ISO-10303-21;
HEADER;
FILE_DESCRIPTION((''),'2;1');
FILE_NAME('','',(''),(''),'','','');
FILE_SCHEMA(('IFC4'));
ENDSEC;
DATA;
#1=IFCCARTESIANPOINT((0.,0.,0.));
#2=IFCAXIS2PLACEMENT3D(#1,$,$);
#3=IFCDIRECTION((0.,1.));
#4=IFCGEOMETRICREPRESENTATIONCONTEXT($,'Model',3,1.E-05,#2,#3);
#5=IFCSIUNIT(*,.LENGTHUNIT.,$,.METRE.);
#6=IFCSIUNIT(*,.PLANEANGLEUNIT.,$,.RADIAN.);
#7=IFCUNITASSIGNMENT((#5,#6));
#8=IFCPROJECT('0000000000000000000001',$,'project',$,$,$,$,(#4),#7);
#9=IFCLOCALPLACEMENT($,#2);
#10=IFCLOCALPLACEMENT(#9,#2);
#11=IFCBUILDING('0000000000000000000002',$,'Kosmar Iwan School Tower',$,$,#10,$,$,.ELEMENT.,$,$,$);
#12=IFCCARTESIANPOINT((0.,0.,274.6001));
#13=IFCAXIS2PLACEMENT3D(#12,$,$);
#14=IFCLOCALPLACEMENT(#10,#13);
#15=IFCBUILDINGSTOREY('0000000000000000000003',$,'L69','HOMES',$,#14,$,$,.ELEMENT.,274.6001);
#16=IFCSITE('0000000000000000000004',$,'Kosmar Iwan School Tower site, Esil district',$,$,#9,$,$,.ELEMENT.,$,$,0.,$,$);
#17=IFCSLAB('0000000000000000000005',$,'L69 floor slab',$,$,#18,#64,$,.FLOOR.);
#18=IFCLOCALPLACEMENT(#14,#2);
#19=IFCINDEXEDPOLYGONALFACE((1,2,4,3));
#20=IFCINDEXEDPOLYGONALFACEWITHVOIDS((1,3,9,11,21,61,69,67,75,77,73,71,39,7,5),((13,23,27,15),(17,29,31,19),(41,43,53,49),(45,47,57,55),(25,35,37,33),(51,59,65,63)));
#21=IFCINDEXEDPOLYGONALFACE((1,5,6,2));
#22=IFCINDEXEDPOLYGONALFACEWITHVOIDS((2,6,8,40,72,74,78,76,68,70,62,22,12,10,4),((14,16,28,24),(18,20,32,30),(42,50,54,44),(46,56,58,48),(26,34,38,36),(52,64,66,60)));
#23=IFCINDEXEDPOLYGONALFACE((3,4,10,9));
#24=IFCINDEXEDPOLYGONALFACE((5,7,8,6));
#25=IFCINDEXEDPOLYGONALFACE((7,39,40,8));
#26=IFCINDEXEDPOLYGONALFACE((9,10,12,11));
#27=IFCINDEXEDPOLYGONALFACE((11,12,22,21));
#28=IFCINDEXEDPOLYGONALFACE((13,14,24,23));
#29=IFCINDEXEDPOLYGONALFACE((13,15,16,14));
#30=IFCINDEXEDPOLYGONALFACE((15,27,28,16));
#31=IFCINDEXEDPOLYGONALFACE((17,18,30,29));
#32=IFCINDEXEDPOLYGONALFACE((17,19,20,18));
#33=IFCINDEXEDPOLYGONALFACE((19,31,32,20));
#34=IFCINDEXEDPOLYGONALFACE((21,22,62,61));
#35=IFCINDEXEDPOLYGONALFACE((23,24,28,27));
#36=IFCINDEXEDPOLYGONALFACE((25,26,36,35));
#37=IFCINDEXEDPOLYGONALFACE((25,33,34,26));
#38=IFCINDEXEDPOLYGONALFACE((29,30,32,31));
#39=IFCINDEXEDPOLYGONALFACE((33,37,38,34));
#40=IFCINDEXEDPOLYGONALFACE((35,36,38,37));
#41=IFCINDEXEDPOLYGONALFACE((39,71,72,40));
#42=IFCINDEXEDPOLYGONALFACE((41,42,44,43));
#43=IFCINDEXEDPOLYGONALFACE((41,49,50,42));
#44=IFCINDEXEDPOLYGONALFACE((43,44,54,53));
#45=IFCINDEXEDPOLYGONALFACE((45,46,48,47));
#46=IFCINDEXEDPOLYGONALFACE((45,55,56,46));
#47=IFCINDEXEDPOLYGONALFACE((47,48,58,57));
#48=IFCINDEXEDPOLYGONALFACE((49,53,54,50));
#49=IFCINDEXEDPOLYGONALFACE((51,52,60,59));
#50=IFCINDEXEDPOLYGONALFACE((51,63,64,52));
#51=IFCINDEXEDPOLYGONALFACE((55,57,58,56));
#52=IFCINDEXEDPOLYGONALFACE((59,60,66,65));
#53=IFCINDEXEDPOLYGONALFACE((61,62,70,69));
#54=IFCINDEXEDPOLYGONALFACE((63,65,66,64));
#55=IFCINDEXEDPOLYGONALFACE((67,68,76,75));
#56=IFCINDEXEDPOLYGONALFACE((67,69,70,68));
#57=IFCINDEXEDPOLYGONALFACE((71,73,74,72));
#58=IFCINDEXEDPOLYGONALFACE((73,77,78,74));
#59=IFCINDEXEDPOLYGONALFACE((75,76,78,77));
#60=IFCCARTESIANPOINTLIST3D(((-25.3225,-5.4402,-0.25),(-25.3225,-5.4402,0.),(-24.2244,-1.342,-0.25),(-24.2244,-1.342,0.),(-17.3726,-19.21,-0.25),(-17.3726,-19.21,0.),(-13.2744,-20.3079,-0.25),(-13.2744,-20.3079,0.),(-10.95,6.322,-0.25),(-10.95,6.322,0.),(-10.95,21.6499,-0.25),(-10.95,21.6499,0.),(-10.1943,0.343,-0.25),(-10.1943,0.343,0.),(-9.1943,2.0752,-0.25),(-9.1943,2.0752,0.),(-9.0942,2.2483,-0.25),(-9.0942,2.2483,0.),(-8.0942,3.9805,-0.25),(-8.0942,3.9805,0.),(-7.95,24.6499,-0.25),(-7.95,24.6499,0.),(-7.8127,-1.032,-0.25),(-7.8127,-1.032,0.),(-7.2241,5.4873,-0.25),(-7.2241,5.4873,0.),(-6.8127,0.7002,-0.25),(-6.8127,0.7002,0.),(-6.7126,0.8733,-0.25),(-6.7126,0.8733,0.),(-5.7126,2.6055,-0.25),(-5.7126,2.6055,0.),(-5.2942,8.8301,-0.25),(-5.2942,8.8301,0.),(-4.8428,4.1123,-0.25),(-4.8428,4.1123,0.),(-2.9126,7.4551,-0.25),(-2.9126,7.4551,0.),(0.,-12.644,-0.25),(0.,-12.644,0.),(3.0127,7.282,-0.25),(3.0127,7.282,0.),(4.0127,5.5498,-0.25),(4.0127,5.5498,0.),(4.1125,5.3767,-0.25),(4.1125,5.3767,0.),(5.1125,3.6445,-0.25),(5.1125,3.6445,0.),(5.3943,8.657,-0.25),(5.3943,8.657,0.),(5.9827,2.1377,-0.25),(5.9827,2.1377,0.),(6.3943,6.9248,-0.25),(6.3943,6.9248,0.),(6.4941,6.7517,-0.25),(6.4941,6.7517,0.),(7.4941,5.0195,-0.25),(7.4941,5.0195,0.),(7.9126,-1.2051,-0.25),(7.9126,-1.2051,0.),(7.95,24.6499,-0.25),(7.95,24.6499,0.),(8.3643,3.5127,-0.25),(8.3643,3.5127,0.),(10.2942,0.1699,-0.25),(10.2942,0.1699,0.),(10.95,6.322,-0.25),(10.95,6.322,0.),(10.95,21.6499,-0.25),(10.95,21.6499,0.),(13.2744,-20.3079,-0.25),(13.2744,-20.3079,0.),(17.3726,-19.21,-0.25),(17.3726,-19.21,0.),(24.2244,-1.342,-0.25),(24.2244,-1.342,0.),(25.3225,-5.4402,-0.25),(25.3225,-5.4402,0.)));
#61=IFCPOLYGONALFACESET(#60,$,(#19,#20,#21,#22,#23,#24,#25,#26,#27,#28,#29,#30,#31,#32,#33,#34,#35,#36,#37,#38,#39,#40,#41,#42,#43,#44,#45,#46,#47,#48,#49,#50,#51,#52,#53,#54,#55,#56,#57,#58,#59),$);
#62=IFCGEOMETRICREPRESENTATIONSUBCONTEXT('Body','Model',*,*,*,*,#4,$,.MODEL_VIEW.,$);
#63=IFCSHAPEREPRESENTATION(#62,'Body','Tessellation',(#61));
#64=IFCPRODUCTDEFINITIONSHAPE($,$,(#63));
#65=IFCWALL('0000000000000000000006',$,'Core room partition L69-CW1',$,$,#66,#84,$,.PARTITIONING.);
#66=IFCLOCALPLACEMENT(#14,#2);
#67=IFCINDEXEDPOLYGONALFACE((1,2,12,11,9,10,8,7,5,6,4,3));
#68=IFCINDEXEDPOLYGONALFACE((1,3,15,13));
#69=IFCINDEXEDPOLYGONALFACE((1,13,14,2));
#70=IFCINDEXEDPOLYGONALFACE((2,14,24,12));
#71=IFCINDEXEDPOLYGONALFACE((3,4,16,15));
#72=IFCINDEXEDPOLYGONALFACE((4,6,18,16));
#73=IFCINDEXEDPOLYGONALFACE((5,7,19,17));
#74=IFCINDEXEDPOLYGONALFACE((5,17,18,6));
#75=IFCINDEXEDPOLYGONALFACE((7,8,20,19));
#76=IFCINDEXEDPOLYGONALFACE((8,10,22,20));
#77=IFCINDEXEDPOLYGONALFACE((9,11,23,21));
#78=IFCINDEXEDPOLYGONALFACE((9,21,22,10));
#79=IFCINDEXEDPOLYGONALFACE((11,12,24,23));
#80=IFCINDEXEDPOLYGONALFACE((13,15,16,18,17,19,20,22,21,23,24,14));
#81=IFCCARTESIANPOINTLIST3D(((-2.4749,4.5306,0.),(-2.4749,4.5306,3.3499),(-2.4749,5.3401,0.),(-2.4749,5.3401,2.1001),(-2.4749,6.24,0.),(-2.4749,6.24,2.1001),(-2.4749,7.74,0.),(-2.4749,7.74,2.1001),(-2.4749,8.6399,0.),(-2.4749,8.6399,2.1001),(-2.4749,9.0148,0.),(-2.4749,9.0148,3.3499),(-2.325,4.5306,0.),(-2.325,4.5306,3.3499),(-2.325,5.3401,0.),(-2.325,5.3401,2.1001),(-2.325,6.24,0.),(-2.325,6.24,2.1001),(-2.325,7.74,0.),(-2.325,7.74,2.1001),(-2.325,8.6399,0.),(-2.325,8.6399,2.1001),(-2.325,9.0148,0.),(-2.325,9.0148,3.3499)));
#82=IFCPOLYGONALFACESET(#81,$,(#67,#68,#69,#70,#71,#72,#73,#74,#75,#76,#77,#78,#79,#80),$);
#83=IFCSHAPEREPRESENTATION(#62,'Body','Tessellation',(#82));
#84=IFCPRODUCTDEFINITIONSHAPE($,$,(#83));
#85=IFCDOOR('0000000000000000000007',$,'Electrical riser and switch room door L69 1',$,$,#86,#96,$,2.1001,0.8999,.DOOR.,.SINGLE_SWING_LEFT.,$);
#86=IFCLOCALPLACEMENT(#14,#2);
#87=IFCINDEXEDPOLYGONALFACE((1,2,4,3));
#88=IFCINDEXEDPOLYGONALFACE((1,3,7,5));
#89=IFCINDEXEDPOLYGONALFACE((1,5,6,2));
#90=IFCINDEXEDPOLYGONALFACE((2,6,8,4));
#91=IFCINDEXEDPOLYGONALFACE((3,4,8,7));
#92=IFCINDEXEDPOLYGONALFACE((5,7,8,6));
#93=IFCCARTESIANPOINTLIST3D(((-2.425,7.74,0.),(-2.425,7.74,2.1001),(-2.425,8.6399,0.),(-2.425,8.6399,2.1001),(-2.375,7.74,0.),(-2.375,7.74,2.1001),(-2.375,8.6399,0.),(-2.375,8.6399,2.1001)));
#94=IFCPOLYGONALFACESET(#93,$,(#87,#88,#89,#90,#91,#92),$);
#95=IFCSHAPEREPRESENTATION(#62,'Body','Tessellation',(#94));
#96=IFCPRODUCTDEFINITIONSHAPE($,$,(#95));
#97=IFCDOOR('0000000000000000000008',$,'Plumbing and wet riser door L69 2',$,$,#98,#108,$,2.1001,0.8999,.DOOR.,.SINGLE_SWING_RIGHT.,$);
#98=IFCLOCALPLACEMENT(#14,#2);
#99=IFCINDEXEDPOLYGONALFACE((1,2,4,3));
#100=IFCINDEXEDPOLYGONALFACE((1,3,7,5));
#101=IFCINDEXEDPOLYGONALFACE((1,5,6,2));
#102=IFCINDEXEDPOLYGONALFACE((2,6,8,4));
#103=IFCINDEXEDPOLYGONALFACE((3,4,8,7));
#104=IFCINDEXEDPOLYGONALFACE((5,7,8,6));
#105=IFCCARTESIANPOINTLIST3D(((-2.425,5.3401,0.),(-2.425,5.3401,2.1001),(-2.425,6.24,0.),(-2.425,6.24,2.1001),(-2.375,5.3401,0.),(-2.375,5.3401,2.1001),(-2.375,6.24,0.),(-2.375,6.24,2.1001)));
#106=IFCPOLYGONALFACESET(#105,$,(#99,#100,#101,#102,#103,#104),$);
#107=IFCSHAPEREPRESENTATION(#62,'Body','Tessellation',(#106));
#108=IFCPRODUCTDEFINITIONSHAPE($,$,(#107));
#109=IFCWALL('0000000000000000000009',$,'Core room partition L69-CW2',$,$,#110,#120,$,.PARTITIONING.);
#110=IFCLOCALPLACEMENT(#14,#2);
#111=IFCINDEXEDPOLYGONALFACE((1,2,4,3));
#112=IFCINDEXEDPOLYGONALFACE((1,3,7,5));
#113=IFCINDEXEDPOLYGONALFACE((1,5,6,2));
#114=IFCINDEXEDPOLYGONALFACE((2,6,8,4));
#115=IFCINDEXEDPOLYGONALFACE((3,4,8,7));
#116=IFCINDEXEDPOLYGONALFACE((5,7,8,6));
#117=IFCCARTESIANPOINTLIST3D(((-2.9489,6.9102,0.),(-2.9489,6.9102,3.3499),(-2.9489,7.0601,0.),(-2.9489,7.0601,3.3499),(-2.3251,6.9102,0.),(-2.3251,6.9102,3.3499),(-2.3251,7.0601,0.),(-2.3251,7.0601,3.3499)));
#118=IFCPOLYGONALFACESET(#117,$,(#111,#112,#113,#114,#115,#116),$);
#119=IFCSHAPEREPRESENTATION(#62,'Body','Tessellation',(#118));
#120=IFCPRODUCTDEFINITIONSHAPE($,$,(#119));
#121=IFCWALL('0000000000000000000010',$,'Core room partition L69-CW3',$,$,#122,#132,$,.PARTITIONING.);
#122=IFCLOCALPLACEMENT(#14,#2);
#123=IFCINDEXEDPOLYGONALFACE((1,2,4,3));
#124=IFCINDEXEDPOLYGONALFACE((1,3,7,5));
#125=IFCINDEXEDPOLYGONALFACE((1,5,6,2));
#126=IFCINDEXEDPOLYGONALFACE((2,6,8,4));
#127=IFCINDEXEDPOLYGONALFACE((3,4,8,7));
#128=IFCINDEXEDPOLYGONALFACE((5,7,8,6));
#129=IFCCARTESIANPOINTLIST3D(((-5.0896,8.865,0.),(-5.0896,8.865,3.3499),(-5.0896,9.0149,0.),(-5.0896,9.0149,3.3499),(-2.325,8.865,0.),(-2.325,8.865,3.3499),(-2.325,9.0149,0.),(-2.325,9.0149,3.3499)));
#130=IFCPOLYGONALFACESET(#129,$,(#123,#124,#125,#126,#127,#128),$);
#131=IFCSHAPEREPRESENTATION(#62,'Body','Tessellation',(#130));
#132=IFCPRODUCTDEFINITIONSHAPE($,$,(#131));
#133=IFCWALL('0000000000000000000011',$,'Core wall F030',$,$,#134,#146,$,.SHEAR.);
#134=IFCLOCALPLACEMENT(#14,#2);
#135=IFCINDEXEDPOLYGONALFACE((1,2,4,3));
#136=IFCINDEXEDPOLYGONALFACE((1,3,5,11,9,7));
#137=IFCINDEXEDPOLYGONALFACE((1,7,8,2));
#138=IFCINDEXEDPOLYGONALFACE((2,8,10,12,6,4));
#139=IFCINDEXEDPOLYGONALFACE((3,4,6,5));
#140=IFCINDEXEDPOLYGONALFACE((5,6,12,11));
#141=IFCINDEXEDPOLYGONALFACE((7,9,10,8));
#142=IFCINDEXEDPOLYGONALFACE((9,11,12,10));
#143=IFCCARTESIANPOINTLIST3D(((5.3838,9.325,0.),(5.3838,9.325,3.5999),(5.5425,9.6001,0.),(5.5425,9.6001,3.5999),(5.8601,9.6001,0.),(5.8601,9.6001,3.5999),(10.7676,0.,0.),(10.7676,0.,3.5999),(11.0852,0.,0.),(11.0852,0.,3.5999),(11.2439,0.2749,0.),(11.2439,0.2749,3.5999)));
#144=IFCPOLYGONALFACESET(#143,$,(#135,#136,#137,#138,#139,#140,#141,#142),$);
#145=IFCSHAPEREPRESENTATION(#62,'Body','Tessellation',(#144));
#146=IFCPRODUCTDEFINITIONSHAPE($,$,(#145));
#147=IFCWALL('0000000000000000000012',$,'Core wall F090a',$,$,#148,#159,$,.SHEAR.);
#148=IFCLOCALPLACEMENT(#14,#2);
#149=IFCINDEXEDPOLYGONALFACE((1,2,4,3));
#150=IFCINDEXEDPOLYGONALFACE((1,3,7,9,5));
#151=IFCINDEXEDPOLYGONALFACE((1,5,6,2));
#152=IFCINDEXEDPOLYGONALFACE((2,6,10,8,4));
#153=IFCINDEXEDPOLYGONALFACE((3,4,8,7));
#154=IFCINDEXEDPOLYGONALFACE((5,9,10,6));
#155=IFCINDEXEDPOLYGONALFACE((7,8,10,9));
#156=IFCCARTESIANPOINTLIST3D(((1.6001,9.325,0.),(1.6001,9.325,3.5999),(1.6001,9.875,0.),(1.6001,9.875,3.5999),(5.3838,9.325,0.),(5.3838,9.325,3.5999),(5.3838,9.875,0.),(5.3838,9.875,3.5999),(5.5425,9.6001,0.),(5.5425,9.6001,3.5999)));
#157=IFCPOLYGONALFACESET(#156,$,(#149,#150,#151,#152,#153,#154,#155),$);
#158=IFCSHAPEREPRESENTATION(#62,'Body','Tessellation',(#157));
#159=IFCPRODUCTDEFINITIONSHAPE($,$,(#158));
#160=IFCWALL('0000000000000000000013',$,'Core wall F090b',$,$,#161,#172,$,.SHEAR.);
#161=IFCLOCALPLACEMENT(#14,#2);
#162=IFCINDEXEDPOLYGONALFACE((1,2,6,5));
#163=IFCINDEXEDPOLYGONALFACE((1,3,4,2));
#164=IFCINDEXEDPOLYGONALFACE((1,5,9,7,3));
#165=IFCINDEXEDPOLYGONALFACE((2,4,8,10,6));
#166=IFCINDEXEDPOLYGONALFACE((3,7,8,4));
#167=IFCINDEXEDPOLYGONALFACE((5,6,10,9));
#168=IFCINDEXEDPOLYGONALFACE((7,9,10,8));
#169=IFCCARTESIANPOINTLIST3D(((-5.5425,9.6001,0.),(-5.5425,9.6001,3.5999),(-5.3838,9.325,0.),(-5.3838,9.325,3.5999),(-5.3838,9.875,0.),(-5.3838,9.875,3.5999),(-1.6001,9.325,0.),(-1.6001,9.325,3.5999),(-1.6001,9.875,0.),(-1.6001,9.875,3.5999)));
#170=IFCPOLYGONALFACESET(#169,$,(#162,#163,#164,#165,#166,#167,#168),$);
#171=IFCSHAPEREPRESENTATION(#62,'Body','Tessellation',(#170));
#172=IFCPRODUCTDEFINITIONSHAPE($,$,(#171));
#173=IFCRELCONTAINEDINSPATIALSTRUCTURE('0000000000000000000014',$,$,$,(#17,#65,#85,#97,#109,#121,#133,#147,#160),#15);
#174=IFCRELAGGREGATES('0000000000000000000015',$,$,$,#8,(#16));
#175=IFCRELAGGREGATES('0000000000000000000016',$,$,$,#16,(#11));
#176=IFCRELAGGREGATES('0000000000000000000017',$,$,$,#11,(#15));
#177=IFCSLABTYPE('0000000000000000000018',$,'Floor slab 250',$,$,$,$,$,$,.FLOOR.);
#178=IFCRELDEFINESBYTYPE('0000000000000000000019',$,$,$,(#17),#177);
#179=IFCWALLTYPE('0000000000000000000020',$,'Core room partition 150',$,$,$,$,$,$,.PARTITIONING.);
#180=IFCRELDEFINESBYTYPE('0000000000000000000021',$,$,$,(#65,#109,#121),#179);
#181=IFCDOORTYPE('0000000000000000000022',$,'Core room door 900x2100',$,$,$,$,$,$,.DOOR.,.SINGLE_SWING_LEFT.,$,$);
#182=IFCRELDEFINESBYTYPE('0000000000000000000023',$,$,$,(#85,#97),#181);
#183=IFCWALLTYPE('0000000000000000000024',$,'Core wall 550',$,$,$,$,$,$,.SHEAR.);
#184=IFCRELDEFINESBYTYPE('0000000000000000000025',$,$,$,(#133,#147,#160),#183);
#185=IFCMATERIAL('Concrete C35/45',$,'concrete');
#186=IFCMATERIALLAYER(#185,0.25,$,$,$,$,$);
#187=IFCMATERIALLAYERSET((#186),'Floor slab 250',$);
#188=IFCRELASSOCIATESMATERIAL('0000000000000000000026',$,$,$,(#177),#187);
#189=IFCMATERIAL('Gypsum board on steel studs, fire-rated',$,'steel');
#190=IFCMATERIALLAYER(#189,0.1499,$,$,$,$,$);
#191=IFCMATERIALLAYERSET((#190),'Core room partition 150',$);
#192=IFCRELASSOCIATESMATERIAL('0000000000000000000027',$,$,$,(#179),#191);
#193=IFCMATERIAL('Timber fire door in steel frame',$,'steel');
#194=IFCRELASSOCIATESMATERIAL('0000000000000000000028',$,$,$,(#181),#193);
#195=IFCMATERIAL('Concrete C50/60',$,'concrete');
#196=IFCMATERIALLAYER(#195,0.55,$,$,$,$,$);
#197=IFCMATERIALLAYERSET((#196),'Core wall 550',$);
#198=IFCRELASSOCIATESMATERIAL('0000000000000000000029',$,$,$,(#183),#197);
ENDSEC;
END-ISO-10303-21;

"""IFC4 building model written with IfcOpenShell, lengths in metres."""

from ifc_helpers import new_model, si_unit, direction, frame, frame_2d, origin, place, context, subcontext, project, spatial, polyline, rectangle, outline, extrude, material, layer, layer_set, type_object, element, fill, save


model = new_model("IFC4")

# Units and contexts
model_context = context("Model", 3, precision=1e-05, world=origin(), true_north=direction((0.0, 1.0)))
body_context = subcontext(model_context, "Body", "Model", "MODEL_VIEW")
ifc_project = project(units=[si_unit("LENGTHUNIT", "METRE"), si_unit("PLANEANGLEUNIT", "RADIAN")], contexts=[model_context])

# Site, building, storey
site_placement = place(None, origin())
site = spatial("IfcSite", under=ifc_project, at=site_placement, Name="Kosmar Iwan School Tower site, Esil district", CompositionType="ELEMENT", RefElevation=0.0)
building_placement = place(site_placement, origin())
building = spatial("IfcBuilding", under=site, at=building_placement, Name="Kosmar Iwan School Tower", CompositionType="ELEMENT")
storey_placement = place(building_placement, frame((0.0, 0.0, 274.6001)))
storey = spatial("IfcBuildingStorey", under=building, at=storey_placement, Name="L69", Description="HOMES", CompositionType="ELEMENT", Elevation=274.6001)

# Slab
ifc_material_1 = material(Name="Concrete C35/45", Category="concrete")
ifc_layer_1 = layer(ifc_material_1, 0.25)
ifc_layer_set_1 = layer_set([ifc_layer_1], Name="Floor slab 250")
slab_type = type_object("IfcSlabType", Name="Floor slab 250", PredefinedType="FLOOR", material=ifc_layer_set_1)
slab_placement = place(storey_placement, frame((0.0, 0.0, -0.25)))
element("IfcSlab", 1, at=slab_placement, inside=storey, type_object=slab_type, Name="L69 floor slab", PredefinedType="FLOOR", context=body_context, shape_type="SweptSolid", body=[
    extrude(outline(polyline([(-13.2744, -20.3079), (0.0, -12.644), (13.2744, -20.3079), (17.3726, -19.21), (25.3225, -5.4402), (24.2244, -1.342), (10.95, 6.322), (10.95, 21.6499), (7.95, 24.6499), (-7.95, 24.6499), (-10.95, 21.6499), (-10.95, 6.322), (-24.2244, -1.342), (-25.3225, -5.4402), (-17.3726, -19.21), (-13.2744, -20.3079)]), holes=[polyline([(7.9126, -1.2051), (10.2942, 0.1699), (8.3643, 3.5127), (5.9827, 2.1377), (7.9126, -1.2051)]), polyline([(-2.9126, 7.4551), (-5.2942, 8.8301), (-7.2241, 5.4873), (-4.8428, 4.1123), (-2.9126, 7.4551)]), polyline([(-5.7126, 2.6055), (-8.0942, 3.9805), (-9.0942, 2.2483), (-6.7126, 0.8733), (-5.7126, 2.6055)]), polyline([(-6.8127, 0.7002), (-9.1943, 2.0752), (-10.1943, 0.343), (-7.8127, -1.032), (-6.8127, 0.7002)]), polyline([(5.1125, 3.6445), (7.4941, 5.0195), (6.4941, 6.7517), (4.1125, 5.3767), (5.1125, 3.6445)]), polyline([(4.0127, 5.5498), (6.3943, 6.9248), (5.3943, 8.657), (3.0127, 7.282), (4.0127, 5.5498)])]), origin(), (0.0, 0.0, 1.0), 0.25),
])

# Wall, openings, doors
ifc_material_2 = material(Name="Gypsum board on steel studs, fire-rated", Category="steel")
ifc_layer_2 = layer(ifc_material_2, 0.1499)
ifc_layer_set_2 = layer_set([ifc_layer_2], Name="Core room partition 150")
wall_type_1 = type_object("IfcWallType", Name="Core room partition 150", PredefinedType="PARTITIONING", material=ifc_layer_set_2)
wall_1_placement = place(storey_placement, frame((-2.3999, 9.0149, 0.0), z_axis=(0.0, 0.0, 1.0), x_axis=(0.0, -1.0, 0.0)))
wall_1 = element("IfcWall", 2, at=wall_1_placement, inside=storey, type_object=wall_type_1, Name="Core room partition L69-CW1", PredefinedType="PARTITIONING", context=body_context, shape_type="SweptSolid", body=[
    extrude(rectangle(XDim=4.4841, YDim=0.1499, at=frame_2d((2.2422, 0.0))), origin(), (0.0, 0.0, 1.0), 3.3499),
])
opening_1_placement = place(wall_1_placement, frame((0.375, 0.0, 0.0)))
opening_1 = element("IfcOpeningElement", 3, at=opening_1_placement, cuts=wall_1, PredefinedType="OPENING", context=body_context, shape_type="SweptSolid", body=[
    extrude(rectangle(XDim=0.8999, YDim=2.1001, at=frame_2d((0.45, 1.05))), frame((0.0, 0.0869, 0.0), z_axis=(0.0, -1.0, 0.0), x_axis=(1.0, 0.0, 0.0)), (0.0, 0.0, 1.0), 0.1738),
])
opening_2_placement = place(wall_1_placement, frame((2.7749, 0.0, 0.0)))
opening_2 = element("IfcOpeningElement", 4, at=opening_2_placement, cuts=wall_1, PredefinedType="OPENING", context=body_context, shape_type="SweptSolid", body=[
    extrude(rectangle(XDim=0.8999, YDim=2.1001, at=frame_2d((0.45, 1.05))), frame((0.0, 0.0869, 0.0), z_axis=(0.0, -1.0, 0.0), x_axis=(1.0, 0.0, 0.0)), (0.0, 0.0, 1.0), 0.1738),
])
ifc_material_3 = material(Name="Timber fire door in steel frame", Category="steel")
door_type_1 = type_object("IfcDoorType", Name="Core room door 900x2100", OperationType="SINGLE_SWING_LEFT", PredefinedType="DOOR", material=ifc_material_3)
door_1_placement = place(opening_1_placement, origin())
door_1 = element("IfcDoor", 5, at=door_1_placement, inside=storey, type_object=door_type_1, Name="Electrical riser and switch room door L69 1", OperationType="SINGLE_SWING_LEFT", OverallHeight=2.1001, OverallWidth=0.8999, PredefinedType="DOOR", context=body_context, shape_type="SweptSolid", body=[
    extrude(rectangle(XDim=0.8999, YDim=2.1001, at=frame_2d((0.45, 1.05))), frame((0.0, 0.0249, 0.0), z_axis=(0.0, -1.0, 0.0), x_axis=(1.0, 0.0, 0.0)), (0.0, 0.0, 1.0), 0.05),
])
fill(opening_1, door_1)
door_2_placement = place(opening_2_placement, origin())
door_2 = element("IfcDoor", 6, at=door_2_placement, inside=storey, type_object=door_type_1, Name="Plumbing and wet riser door L69 2", OperationType="SINGLE_SWING_RIGHT", OverallHeight=2.1001, OverallWidth=0.8999, PredefinedType="DOOR", context=body_context, shape_type="SweptSolid", body=[
    extrude(rectangle(XDim=0.8999, YDim=2.1001, at=frame_2d((0.45, 1.05))), frame((0.0, 0.0249, 0.0), z_axis=(0.0, -1.0, 0.0), x_axis=(1.0, 0.0, 0.0)), (0.0, 0.0, 1.0), 0.05),
])
fill(opening_2, door_2)

# Walls
wall_2_placement = place(storey_placement, frame((-2.325, 6.9851, 0.0), z_axis=(0.0, 0.0, 1.0), x_axis=(-1.0, 0.0, 0.0)))
element("IfcWall", 7, at=wall_2_placement, inside=storey, type_object=wall_type_1, Name="Core room partition L69-CW2", PredefinedType="PARTITIONING", context=body_context, shape_type="SweptSolid", body=[
    extrude(rectangle(XDim=0.6238, YDim=0.1499, at=frame_2d((0.312, 0.0))), origin(), (0.0, 0.0, 1.0), 3.3499),
])
wall_3_placement = place(storey_placement, frame((-5.0896, 8.9399, 0.0), z_axis=(0.0, 0.0, 1.0), x_axis=(1.0, 0.0, 0.0)))
element("IfcWall", 8, at=wall_3_placement, inside=storey, type_object=wall_type_1, Name="Core room partition L69-CW3", PredefinedType="PARTITIONING", context=body_context, shape_type="SweptSolid", body=[
    extrude(rectangle(XDim=2.7646, YDim=0.1499, at=frame_2d((1.3823, 0.0))), origin(), (0.0, 0.0, 1.0), 3.3499),
])
ifc_material_4 = material(Name="Concrete C50/60", Category="concrete")
ifc_layer_3 = layer(ifc_material_4, 0.55)
ifc_layer_set_3 = layer_set([ifc_layer_3], Name="Core wall 550")
wall_type_2 = type_object("IfcWallType", Name="Core wall 550", PredefinedType="SHEAR", material=ifc_layer_set_3)
wall_4_placement = place(storey_placement, origin())
element("IfcWall", 9, at=wall_4_placement, inside=storey, type_object=wall_type_2, Name="Core wall F030", PredefinedType="SHEAR", context=body_context, shape_type="SweptSolid", body=[
    extrude(outline(polyline([(10.7676, 0.0), (11.0852, 0.0), (11.2439, 0.2749), (5.8601, 9.6001), (5.5425, 9.6001), (5.3838, 9.325), (10.7676, 0.0)])), origin(), (0.0, 0.0, 1.0), 3.5999),
])
wall_5_placement = place(storey_placement, origin())
element("IfcWall", 10, at=wall_5_placement, inside=storey, type_object=wall_type_2, Name="Core wall F090a", PredefinedType="SHEAR", context=body_context, shape_type="SweptSolid", body=[
    extrude(outline(polyline([(1.6001, 9.325), (5.3838, 9.325), (5.5425, 9.6001), (5.3838, 9.875), (1.6001, 9.875), (1.6001, 9.325)])), origin(), (0.0, 0.0, 1.0), 3.5999),
])
wall_6_placement = place(storey_placement, origin())
element("IfcWall", 11, at=wall_6_placement, inside=storey, type_object=wall_type_2, Name="Core wall F090b", PredefinedType="SHEAR", context=body_context, shape_type="SweptSolid", body=[
    extrude(outline(polyline([(-5.3838, 9.325), (-1.6001, 9.325), (-1.6001, 9.875), (-5.3838, 9.875), (-5.5425, 9.6001), (-5.3838, 9.325)])), origin(), (0.0, 0.0, 1.0), 3.5999),
])

save(model, "model.ifc")
